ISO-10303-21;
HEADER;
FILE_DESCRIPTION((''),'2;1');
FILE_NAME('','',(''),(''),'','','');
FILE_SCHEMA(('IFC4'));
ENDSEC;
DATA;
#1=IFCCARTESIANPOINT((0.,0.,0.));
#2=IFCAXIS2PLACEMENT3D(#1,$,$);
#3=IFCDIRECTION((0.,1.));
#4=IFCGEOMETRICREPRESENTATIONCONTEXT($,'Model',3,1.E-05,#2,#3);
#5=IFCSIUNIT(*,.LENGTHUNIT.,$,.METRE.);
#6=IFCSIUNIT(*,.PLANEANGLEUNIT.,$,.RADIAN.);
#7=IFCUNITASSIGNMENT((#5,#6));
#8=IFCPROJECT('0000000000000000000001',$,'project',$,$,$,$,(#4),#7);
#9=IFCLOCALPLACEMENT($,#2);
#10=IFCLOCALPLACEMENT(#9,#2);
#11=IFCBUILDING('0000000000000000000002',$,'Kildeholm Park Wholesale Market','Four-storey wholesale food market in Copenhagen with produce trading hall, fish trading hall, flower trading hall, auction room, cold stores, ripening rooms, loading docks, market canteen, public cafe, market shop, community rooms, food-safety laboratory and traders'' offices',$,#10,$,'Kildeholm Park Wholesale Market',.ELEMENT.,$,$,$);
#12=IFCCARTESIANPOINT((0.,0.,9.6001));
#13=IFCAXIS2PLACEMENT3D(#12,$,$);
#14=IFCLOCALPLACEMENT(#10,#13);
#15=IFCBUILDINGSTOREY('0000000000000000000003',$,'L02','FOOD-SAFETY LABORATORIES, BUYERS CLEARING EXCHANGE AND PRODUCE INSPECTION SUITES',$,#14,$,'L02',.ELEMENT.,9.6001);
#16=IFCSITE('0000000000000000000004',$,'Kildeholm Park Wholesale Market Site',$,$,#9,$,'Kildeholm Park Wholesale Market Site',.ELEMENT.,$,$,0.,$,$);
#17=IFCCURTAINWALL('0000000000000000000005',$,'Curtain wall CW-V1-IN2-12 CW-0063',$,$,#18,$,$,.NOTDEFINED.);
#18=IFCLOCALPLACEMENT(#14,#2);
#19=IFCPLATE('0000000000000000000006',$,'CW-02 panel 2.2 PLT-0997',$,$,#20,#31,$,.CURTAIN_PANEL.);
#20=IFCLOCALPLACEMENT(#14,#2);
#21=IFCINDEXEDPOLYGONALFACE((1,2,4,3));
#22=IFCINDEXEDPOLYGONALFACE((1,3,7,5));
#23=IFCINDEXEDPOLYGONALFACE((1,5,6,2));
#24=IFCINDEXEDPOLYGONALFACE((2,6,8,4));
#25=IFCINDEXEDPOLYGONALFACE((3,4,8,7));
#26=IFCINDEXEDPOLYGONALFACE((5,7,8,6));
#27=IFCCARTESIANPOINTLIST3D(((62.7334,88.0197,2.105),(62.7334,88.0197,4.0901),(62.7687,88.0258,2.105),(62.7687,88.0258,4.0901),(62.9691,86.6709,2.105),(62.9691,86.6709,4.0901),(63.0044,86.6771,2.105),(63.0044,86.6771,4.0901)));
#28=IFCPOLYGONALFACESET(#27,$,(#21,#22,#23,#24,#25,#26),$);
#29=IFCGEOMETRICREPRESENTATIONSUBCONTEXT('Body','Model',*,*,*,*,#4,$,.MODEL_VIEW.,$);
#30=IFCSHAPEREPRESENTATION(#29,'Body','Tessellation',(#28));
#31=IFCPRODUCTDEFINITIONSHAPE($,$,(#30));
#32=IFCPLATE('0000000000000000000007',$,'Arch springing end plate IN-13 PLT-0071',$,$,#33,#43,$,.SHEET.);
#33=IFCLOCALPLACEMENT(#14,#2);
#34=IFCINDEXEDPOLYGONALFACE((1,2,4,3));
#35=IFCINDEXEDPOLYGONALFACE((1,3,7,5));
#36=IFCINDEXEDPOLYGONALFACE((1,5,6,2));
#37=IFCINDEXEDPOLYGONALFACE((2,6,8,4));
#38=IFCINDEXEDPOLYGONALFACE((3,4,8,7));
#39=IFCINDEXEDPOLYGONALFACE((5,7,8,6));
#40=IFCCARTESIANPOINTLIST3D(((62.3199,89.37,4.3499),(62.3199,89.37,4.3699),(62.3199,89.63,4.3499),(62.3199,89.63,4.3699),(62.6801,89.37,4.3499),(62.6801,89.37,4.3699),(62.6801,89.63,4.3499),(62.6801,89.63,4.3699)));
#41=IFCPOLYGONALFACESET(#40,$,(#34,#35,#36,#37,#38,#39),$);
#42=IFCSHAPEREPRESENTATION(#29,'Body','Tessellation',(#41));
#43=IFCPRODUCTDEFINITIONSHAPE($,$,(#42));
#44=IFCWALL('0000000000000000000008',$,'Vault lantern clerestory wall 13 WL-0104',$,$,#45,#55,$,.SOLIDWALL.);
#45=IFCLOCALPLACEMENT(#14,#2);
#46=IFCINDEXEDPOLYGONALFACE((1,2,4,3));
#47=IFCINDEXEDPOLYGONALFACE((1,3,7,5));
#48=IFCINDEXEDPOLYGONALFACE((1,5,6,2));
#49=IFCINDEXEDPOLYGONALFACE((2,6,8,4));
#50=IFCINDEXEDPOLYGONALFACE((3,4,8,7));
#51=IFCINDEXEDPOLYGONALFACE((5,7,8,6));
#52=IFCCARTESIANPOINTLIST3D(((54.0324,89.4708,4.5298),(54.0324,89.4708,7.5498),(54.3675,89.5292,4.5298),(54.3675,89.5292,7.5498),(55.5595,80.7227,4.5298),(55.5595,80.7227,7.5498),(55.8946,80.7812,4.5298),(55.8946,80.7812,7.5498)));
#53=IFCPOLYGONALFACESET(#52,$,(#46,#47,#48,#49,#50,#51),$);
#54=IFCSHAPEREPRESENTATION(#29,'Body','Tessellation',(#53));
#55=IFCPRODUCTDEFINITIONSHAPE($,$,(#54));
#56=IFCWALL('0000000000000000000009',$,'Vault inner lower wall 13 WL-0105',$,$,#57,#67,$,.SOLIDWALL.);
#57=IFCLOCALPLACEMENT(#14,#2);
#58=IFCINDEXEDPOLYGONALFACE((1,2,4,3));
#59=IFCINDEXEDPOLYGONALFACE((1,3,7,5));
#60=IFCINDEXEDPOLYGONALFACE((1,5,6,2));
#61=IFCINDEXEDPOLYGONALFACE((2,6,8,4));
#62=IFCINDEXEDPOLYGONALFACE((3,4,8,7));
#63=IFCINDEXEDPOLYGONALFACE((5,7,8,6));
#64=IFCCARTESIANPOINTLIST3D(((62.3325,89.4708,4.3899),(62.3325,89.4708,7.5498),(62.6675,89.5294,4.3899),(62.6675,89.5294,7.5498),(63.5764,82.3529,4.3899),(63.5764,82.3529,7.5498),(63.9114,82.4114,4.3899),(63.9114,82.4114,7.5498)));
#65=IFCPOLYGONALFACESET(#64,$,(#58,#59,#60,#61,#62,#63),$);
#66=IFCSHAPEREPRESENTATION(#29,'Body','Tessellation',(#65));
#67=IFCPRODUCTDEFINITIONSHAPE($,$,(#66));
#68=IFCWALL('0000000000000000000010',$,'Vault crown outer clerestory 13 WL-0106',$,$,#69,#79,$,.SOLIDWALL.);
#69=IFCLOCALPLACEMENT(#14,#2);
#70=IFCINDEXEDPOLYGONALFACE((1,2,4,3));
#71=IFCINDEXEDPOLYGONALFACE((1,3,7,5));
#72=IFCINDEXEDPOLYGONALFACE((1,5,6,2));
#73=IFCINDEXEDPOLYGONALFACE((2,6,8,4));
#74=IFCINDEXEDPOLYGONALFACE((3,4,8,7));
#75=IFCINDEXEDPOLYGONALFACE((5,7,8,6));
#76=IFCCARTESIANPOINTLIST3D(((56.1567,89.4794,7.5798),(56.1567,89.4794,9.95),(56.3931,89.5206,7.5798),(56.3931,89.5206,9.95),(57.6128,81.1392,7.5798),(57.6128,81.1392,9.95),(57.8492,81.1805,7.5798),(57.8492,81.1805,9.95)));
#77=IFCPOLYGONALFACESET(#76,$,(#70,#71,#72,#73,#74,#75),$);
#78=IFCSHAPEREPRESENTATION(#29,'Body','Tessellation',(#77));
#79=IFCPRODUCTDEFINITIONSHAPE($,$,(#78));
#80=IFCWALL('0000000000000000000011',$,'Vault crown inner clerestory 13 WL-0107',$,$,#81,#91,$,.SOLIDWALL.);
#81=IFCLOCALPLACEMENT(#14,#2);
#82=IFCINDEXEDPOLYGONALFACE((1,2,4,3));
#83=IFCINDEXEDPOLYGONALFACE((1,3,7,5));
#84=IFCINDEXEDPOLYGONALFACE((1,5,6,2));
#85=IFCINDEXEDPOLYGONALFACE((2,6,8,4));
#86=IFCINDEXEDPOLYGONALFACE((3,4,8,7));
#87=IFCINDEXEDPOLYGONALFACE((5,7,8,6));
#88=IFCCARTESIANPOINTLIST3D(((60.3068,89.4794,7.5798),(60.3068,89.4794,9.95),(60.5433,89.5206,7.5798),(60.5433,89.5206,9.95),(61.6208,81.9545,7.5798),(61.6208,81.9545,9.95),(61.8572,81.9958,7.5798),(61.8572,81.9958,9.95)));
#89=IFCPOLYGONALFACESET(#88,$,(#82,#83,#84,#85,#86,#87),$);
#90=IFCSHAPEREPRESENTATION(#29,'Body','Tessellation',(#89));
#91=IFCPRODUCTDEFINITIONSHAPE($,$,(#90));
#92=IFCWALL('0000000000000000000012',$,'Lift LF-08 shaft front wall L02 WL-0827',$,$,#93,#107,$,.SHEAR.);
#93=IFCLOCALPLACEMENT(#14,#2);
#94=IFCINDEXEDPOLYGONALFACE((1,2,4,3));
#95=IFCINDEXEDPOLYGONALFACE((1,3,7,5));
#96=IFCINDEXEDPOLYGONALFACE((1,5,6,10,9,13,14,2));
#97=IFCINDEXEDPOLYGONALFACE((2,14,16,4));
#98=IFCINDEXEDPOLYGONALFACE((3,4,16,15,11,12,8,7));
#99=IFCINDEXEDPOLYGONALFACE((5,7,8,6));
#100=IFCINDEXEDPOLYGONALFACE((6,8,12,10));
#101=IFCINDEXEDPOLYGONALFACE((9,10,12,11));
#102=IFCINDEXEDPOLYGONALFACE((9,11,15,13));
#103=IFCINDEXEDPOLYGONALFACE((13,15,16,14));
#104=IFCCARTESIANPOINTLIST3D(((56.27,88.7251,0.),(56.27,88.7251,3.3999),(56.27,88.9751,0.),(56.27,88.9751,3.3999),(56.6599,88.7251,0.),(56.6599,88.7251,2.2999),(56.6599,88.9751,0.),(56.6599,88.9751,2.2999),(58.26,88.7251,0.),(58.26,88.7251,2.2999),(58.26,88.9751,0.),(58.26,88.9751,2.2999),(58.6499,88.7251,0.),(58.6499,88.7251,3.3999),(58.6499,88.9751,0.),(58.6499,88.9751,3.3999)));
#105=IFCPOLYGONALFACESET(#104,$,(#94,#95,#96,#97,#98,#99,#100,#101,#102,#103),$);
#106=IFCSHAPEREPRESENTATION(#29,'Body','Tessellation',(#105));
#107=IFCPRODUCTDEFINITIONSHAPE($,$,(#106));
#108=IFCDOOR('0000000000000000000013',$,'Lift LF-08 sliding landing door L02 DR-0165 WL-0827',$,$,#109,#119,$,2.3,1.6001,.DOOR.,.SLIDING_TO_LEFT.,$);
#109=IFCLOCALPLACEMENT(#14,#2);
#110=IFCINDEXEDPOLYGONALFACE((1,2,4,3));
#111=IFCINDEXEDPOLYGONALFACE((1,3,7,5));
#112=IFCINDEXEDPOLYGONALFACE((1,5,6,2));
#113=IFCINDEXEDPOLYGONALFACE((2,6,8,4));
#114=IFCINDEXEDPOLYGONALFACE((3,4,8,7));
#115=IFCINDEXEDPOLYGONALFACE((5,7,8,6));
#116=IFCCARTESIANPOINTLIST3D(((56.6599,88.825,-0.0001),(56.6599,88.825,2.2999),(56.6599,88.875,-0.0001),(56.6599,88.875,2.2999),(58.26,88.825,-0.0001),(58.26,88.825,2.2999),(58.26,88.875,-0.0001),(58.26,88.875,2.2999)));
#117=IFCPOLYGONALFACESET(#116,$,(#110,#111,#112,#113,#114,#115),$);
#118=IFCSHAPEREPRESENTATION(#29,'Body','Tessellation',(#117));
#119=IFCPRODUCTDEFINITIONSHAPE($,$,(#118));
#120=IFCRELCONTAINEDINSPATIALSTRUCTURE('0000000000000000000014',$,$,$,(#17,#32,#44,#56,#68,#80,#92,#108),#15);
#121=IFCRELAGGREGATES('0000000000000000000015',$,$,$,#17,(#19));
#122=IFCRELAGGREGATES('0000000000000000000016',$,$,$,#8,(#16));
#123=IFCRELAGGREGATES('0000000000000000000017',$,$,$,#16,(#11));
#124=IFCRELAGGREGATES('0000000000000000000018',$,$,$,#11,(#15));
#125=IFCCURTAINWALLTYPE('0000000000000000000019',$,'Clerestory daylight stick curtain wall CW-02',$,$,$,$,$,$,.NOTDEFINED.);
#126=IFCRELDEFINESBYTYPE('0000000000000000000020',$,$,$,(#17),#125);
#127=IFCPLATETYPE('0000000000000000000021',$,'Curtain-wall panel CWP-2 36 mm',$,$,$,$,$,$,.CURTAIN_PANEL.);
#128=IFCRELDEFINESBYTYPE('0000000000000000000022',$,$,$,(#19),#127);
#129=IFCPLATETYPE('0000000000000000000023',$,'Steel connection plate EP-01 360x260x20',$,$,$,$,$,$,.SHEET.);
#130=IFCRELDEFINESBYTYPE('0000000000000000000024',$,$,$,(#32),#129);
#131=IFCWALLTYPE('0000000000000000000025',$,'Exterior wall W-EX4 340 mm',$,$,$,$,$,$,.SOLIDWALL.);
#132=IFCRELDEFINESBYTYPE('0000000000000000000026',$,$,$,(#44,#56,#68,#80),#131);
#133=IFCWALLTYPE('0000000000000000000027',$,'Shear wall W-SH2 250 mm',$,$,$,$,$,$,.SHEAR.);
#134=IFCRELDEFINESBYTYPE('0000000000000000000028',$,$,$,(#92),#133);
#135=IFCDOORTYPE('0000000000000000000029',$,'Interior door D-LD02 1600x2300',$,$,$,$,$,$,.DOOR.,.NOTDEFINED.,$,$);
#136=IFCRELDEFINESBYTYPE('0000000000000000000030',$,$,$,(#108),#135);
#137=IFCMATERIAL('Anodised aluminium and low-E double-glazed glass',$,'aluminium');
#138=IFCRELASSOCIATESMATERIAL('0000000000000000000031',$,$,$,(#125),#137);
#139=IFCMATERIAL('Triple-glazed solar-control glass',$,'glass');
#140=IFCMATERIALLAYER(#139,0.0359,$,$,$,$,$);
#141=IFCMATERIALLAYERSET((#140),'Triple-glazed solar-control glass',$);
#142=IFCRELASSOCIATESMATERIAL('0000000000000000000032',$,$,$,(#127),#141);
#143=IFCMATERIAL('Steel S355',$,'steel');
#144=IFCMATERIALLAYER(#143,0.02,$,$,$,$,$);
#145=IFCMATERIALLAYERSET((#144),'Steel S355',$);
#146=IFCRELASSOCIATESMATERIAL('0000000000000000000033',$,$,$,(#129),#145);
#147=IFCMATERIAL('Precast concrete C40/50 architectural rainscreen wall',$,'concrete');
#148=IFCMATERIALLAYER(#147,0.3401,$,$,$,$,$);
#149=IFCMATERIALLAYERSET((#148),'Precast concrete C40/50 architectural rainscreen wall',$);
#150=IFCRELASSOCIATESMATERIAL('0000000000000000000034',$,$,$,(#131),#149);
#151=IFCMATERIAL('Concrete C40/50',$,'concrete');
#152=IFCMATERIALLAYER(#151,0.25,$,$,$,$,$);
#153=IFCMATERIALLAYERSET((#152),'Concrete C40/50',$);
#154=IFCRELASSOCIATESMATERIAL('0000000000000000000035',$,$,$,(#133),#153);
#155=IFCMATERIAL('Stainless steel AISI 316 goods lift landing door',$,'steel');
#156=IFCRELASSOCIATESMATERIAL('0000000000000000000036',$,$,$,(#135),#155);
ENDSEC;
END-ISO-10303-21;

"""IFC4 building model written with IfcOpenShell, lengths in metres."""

from ifc_helpers import new_model, si_unit, direction, frame, frame_2d, origin, origin_2d, place, context, subcontext, project, spatial, rectangle, extrude, material, layer, layer_set, type_object, element, fill, aggregate, save


model = new_model("IFC4")

# Units and contexts
model_context = context("Model", 3, precision=1e-05, world=origin(), true_north=direction((0.0, 1.0)))
body_context = subcontext(model_context, "Body", "Model", "MODEL_VIEW")
ifc_project = project(units=[si_unit("LENGTHUNIT", "METRE"), si_unit("PLANEANGLEUNIT", "RADIAN")], contexts=[model_context])

# Site, building, storey
site_placement = place(None, origin())
site = spatial("IfcSite", under=ifc_project, at=site_placement, Name="Kildeholm Park Wholesale Market Site", LongName="Kildeholm Park Wholesale Market Site", CompositionType="ELEMENT", RefElevation=0.0)
building_placement = place(site_placement, origin())
building = spatial("IfcBuilding", under=site, at=building_placement, Name="Kildeholm Park Wholesale Market", Description="Four-storey wholesale food market in Copenhagen with produce trading hall, fish trading hall, flower trading hall, auction room, cold stores, ripening rooms, loading docks, market canteen, public cafe, market shop, community rooms, food-safety laboratory and traders' offices", LongName="Kildeholm Park Wholesale Market", CompositionType="ELEMENT")
storey_placement = place(building_placement, frame((0.0, 0.0, 9.6001)))
storey = spatial("IfcBuildingStorey", under=building, at=storey_placement, Name="L02", Description="FOOD-SAFETY LABORATORIES, BUYERS CLEARING EXCHANGE AND PRODUCE INSPECTION SUITES", LongName="L02", CompositionType="ELEMENT", Elevation=9.6001)

# Shared definitions
ifc_material_1 = material(Name="Steel S355", Category="steel")

# Shared definitions
ifc_material_2 = material(Name="Anodised aluminium and low-E double-glazed glass", Category="aluminium")
curtain_wall_type = type_object("IfcCurtainWallType", Name="Clerestory daylight stick curtain wall CW-02", PredefinedType="NOTDEFINED", material=ifc_material_2)

# Curtain wall
curtain_wall_1_placement = place(storey_placement, origin())
curtain_wall_1 = element("IfcCurtainWall", 1, at=curtain_wall_1_placement, inside=storey, type_object=curtain_wall_type, Name="Curtain wall CW-V1-IN2-12 CW-0063", PredefinedType="NOTDEFINED")

# Plates
ifc_material_3 = material(Name="Triple-glazed solar-control glass", Category="glass")
ifc_layer_1 = layer(ifc_material_3, 0.0359)
ifc_layer_set_1 = layer_set([ifc_layer_1], Name="Triple-glazed solar-control glass")
plate_type_1 = type_object("IfcPlateType", Name="Curtain-wall panel CWP-2 36 mm", PredefinedType="CURTAIN_PANEL", material=ifc_layer_set_1)
plate_1_placement = place(storey_placement, frame((62.8689, 87.3484, 2.105), z_axis=(0.0, 0.0, 1.0), x_axis=(0.172133, -0.985074, 0.0)))
plate_1 = element("IfcPlate", 2, at=plate_1_placement, type_object=plate_type_1, Name="CW-02 panel 2.2 PLT-0997", PredefinedType="CURTAIN_PANEL", context=body_context, shape_type="SweptSolid", body=[
    extrude(rectangle(XDim=1.3691, YDim=0.0359, at=origin_2d()), origin(), (0.0, 0.0, 1.0), 1.9851),
])
aggregate(curtain_wall_1, [plate_1])
ifc_layer_2 = layer(ifc_material_1, 0.02)
ifc_layer_set_2 = layer_set([ifc_layer_2], Name="Steel S355")
plate_type_2 = type_object("IfcPlateType", Name="Steel connection plate EP-01 360x260x20", PredefinedType="SHEET", material=ifc_layer_set_2)
plate_2_placement = place(storey_placement, frame((62.5, 89.5, 4.3499), z_axis=(0.0, 0.0, 1.0), x_axis=(-1.0, 0.0, 0.0)))
element("IfcPlate", 3, at=plate_2_placement, inside=storey, type_object=plate_type_2, Name="Arch springing end plate IN-13 PLT-0071", PredefinedType="SHEET", context=body_context, shape_type="SweptSolid", body=[
    extrude(rectangle(XDim=0.3601, YDim=0.26, at=origin_2d()), origin(), (0.0, 0.0, 1.0), 0.02),
])

# Walls
ifc_material_4 = material(Name="Precast concrete C40/50 architectural rainscreen wall", Category="concrete")
ifc_layer_3 = layer(ifc_material_4, 0.3401)
ifc_layer_set_3 = layer_set([ifc_layer_3], Name="Precast concrete C40/50 architectural rainscreen wall")
wall_type_1 = type_object("IfcWallType", Name="Exterior wall W-EX4 340 mm", PredefinedType="SOLIDWALL", material=ifc_layer_set_3)
wall_1_placement = place(storey_placement, frame((54.2, 89.5, 4.5298), z_axis=(0.0, 0.0, 1.0), x_axis=(0.171964, -0.985103, 0.0)))
element("IfcWall", 4, at=wall_1_placement, inside=storey, type_object=wall_type_1, Name="Vault lantern clerestory wall 13 WL-0104", PredefinedType="SOLIDWALL", context=body_context, shape_type="SweptSolid", body=[
    extrude(rectangle(XDim=8.8804, YDim=0.3401, at=frame_2d((4.4402, 0.0))), origin(), (0.0, 0.0, 1.0), 3.02),
])
wall_2_placement = place(storey_placement, frame((62.5, 89.5, 4.3899), z_axis=(0.0, 0.0, 1.0), x_axis=(0.172147, -0.985071, 0.0)))
element("IfcWall", 5, at=wall_2_placement, inside=storey, type_object=wall_type_1, Name="Vault inner lower wall 13 WL-0105", PredefinedType="SOLIDWALL", context=body_context, shape_type="SweptSolid", body=[
    extrude(rectangle(XDim=7.2258, YDim=0.3401, at=frame_2d((3.6128, 0.0))), origin(), (0.0, 0.0, 1.0), 3.1599),
])
wall_3_placement = place(storey_placement, frame((56.2749, 89.5, 7.5798), z_axis=(0.0, 0.0, 1.0), x_axis=(0.171984, -0.9851, 0.0)))
element("IfcWall", 6, at=wall_3_placement, inside=storey, type_object=wall_type_1, Name="Vault crown outer clerestory 13 WL-0106", PredefinedType="SOLIDWALL", context=body_context, shape_type="SweptSolid", body=[
    extrude(rectangle(XDim=8.4663, YDim=0.24, at=frame_2d((4.2332, 0.0))), origin(), (0.0, 0.0, 1.0), 2.3701),
])
wall_4_placement = place(storey_placement, frame((60.425, 89.5, 7.5798), z_axis=(0.0, 0.0, 1.0), x_axis=(0.172013, -0.985095, 0.0)))
element("IfcWall", 7, at=wall_4_placement, inside=storey, type_object=wall_type_1, Name="Vault crown inner clerestory 13 WL-0107", PredefinedType="SOLIDWALL", context=body_context, shape_type="SweptSolid", body=[
    extrude(rectangle(XDim=7.6387, YDim=0.24, at=frame_2d((3.8193, 0.0))), origin(), (0.0, 0.0, 1.0), 2.3701),
])

# Wall, opening, door
ifc_material_5 = material(Name="Concrete C40/50", Category="concrete")
ifc_layer_4 = layer(ifc_material_5, 0.25)
ifc_layer_set_4 = layer_set([ifc_layer_4], Name="Concrete C40/50")
wall_type_2 = type_object("IfcWallType", Name="Shear wall W-SH2 250 mm", PredefinedType="SHEAR", material=ifc_layer_set_4)
wall_5_placement = place(storey_placement, frame((56.27, 88.8501, 0.0), z_axis=(0.0, 0.0, 1.0), x_axis=(1.0, 0.0, 0.0)))
wall_5 = element("IfcWall", 8, at=wall_5_placement, inside=storey, type_object=wall_type_2, Name="Lift LF-08 shaft front wall L02 WL-0827", PredefinedType="SHEAR", context=body_context, shape_type="SweptSolid", body=[
    extrude(rectangle(XDim=2.3799, YDim=0.25, at=frame_2d((1.1899, 0.0))), origin(), (0.0, 0.0, 1.0), 3.3999),
])
opening_placement = place(wall_5_placement, frame((0.3899, 0.0, 0.0)))
opening = element("IfcOpeningElement", 9, at=opening_placement, cuts=wall_5, PredefinedType="OPENING", context=body_context, shape_type="SweptSolid", body=[
    extrude(rectangle(XDim=1.6001, YDim=2.3, at=frame_2d((0.8, 1.1499))), frame((0.0, 0.135, 0.0), z_axis=(0.0, -1.0, 0.0), x_axis=(1.0, 0.0, 0.0)), (0.0, 0.0, 1.0), 0.27),
])
ifc_material_6 = material(Name="Stainless steel AISI 316 goods lift landing door", Category="steel")
door_type = type_object("IfcDoorType", Name="Interior door D-LD02 1600x2300", OperationType="NOTDEFINED", PredefinedType="DOOR", material=ifc_material_6)
door_placement = place(opening_placement, origin())
door = element("IfcDoor", 10, at=door_placement, inside=storey, type_object=door_type, Name="Lift LF-08 sliding landing door L02 DR-0165 WL-0827", OperationType="SLIDING_TO_LEFT", OverallHeight=2.3, OverallWidth=1.6001, PredefinedType="DOOR", context=body_context, shape_type="SweptSolid", body=[
    extrude(rectangle(XDim=1.6001, YDim=2.3, at=frame_2d((0.8, 1.1499))), frame((0.0, 0.0249, 0.0), z_axis=(0.0, -1.0, 0.0), x_axis=(1.0, 0.0, 0.0)), (0.0, 0.0, 1.0), 0.05),
])
fill(opening, door)

save(model, "model.ifc")
